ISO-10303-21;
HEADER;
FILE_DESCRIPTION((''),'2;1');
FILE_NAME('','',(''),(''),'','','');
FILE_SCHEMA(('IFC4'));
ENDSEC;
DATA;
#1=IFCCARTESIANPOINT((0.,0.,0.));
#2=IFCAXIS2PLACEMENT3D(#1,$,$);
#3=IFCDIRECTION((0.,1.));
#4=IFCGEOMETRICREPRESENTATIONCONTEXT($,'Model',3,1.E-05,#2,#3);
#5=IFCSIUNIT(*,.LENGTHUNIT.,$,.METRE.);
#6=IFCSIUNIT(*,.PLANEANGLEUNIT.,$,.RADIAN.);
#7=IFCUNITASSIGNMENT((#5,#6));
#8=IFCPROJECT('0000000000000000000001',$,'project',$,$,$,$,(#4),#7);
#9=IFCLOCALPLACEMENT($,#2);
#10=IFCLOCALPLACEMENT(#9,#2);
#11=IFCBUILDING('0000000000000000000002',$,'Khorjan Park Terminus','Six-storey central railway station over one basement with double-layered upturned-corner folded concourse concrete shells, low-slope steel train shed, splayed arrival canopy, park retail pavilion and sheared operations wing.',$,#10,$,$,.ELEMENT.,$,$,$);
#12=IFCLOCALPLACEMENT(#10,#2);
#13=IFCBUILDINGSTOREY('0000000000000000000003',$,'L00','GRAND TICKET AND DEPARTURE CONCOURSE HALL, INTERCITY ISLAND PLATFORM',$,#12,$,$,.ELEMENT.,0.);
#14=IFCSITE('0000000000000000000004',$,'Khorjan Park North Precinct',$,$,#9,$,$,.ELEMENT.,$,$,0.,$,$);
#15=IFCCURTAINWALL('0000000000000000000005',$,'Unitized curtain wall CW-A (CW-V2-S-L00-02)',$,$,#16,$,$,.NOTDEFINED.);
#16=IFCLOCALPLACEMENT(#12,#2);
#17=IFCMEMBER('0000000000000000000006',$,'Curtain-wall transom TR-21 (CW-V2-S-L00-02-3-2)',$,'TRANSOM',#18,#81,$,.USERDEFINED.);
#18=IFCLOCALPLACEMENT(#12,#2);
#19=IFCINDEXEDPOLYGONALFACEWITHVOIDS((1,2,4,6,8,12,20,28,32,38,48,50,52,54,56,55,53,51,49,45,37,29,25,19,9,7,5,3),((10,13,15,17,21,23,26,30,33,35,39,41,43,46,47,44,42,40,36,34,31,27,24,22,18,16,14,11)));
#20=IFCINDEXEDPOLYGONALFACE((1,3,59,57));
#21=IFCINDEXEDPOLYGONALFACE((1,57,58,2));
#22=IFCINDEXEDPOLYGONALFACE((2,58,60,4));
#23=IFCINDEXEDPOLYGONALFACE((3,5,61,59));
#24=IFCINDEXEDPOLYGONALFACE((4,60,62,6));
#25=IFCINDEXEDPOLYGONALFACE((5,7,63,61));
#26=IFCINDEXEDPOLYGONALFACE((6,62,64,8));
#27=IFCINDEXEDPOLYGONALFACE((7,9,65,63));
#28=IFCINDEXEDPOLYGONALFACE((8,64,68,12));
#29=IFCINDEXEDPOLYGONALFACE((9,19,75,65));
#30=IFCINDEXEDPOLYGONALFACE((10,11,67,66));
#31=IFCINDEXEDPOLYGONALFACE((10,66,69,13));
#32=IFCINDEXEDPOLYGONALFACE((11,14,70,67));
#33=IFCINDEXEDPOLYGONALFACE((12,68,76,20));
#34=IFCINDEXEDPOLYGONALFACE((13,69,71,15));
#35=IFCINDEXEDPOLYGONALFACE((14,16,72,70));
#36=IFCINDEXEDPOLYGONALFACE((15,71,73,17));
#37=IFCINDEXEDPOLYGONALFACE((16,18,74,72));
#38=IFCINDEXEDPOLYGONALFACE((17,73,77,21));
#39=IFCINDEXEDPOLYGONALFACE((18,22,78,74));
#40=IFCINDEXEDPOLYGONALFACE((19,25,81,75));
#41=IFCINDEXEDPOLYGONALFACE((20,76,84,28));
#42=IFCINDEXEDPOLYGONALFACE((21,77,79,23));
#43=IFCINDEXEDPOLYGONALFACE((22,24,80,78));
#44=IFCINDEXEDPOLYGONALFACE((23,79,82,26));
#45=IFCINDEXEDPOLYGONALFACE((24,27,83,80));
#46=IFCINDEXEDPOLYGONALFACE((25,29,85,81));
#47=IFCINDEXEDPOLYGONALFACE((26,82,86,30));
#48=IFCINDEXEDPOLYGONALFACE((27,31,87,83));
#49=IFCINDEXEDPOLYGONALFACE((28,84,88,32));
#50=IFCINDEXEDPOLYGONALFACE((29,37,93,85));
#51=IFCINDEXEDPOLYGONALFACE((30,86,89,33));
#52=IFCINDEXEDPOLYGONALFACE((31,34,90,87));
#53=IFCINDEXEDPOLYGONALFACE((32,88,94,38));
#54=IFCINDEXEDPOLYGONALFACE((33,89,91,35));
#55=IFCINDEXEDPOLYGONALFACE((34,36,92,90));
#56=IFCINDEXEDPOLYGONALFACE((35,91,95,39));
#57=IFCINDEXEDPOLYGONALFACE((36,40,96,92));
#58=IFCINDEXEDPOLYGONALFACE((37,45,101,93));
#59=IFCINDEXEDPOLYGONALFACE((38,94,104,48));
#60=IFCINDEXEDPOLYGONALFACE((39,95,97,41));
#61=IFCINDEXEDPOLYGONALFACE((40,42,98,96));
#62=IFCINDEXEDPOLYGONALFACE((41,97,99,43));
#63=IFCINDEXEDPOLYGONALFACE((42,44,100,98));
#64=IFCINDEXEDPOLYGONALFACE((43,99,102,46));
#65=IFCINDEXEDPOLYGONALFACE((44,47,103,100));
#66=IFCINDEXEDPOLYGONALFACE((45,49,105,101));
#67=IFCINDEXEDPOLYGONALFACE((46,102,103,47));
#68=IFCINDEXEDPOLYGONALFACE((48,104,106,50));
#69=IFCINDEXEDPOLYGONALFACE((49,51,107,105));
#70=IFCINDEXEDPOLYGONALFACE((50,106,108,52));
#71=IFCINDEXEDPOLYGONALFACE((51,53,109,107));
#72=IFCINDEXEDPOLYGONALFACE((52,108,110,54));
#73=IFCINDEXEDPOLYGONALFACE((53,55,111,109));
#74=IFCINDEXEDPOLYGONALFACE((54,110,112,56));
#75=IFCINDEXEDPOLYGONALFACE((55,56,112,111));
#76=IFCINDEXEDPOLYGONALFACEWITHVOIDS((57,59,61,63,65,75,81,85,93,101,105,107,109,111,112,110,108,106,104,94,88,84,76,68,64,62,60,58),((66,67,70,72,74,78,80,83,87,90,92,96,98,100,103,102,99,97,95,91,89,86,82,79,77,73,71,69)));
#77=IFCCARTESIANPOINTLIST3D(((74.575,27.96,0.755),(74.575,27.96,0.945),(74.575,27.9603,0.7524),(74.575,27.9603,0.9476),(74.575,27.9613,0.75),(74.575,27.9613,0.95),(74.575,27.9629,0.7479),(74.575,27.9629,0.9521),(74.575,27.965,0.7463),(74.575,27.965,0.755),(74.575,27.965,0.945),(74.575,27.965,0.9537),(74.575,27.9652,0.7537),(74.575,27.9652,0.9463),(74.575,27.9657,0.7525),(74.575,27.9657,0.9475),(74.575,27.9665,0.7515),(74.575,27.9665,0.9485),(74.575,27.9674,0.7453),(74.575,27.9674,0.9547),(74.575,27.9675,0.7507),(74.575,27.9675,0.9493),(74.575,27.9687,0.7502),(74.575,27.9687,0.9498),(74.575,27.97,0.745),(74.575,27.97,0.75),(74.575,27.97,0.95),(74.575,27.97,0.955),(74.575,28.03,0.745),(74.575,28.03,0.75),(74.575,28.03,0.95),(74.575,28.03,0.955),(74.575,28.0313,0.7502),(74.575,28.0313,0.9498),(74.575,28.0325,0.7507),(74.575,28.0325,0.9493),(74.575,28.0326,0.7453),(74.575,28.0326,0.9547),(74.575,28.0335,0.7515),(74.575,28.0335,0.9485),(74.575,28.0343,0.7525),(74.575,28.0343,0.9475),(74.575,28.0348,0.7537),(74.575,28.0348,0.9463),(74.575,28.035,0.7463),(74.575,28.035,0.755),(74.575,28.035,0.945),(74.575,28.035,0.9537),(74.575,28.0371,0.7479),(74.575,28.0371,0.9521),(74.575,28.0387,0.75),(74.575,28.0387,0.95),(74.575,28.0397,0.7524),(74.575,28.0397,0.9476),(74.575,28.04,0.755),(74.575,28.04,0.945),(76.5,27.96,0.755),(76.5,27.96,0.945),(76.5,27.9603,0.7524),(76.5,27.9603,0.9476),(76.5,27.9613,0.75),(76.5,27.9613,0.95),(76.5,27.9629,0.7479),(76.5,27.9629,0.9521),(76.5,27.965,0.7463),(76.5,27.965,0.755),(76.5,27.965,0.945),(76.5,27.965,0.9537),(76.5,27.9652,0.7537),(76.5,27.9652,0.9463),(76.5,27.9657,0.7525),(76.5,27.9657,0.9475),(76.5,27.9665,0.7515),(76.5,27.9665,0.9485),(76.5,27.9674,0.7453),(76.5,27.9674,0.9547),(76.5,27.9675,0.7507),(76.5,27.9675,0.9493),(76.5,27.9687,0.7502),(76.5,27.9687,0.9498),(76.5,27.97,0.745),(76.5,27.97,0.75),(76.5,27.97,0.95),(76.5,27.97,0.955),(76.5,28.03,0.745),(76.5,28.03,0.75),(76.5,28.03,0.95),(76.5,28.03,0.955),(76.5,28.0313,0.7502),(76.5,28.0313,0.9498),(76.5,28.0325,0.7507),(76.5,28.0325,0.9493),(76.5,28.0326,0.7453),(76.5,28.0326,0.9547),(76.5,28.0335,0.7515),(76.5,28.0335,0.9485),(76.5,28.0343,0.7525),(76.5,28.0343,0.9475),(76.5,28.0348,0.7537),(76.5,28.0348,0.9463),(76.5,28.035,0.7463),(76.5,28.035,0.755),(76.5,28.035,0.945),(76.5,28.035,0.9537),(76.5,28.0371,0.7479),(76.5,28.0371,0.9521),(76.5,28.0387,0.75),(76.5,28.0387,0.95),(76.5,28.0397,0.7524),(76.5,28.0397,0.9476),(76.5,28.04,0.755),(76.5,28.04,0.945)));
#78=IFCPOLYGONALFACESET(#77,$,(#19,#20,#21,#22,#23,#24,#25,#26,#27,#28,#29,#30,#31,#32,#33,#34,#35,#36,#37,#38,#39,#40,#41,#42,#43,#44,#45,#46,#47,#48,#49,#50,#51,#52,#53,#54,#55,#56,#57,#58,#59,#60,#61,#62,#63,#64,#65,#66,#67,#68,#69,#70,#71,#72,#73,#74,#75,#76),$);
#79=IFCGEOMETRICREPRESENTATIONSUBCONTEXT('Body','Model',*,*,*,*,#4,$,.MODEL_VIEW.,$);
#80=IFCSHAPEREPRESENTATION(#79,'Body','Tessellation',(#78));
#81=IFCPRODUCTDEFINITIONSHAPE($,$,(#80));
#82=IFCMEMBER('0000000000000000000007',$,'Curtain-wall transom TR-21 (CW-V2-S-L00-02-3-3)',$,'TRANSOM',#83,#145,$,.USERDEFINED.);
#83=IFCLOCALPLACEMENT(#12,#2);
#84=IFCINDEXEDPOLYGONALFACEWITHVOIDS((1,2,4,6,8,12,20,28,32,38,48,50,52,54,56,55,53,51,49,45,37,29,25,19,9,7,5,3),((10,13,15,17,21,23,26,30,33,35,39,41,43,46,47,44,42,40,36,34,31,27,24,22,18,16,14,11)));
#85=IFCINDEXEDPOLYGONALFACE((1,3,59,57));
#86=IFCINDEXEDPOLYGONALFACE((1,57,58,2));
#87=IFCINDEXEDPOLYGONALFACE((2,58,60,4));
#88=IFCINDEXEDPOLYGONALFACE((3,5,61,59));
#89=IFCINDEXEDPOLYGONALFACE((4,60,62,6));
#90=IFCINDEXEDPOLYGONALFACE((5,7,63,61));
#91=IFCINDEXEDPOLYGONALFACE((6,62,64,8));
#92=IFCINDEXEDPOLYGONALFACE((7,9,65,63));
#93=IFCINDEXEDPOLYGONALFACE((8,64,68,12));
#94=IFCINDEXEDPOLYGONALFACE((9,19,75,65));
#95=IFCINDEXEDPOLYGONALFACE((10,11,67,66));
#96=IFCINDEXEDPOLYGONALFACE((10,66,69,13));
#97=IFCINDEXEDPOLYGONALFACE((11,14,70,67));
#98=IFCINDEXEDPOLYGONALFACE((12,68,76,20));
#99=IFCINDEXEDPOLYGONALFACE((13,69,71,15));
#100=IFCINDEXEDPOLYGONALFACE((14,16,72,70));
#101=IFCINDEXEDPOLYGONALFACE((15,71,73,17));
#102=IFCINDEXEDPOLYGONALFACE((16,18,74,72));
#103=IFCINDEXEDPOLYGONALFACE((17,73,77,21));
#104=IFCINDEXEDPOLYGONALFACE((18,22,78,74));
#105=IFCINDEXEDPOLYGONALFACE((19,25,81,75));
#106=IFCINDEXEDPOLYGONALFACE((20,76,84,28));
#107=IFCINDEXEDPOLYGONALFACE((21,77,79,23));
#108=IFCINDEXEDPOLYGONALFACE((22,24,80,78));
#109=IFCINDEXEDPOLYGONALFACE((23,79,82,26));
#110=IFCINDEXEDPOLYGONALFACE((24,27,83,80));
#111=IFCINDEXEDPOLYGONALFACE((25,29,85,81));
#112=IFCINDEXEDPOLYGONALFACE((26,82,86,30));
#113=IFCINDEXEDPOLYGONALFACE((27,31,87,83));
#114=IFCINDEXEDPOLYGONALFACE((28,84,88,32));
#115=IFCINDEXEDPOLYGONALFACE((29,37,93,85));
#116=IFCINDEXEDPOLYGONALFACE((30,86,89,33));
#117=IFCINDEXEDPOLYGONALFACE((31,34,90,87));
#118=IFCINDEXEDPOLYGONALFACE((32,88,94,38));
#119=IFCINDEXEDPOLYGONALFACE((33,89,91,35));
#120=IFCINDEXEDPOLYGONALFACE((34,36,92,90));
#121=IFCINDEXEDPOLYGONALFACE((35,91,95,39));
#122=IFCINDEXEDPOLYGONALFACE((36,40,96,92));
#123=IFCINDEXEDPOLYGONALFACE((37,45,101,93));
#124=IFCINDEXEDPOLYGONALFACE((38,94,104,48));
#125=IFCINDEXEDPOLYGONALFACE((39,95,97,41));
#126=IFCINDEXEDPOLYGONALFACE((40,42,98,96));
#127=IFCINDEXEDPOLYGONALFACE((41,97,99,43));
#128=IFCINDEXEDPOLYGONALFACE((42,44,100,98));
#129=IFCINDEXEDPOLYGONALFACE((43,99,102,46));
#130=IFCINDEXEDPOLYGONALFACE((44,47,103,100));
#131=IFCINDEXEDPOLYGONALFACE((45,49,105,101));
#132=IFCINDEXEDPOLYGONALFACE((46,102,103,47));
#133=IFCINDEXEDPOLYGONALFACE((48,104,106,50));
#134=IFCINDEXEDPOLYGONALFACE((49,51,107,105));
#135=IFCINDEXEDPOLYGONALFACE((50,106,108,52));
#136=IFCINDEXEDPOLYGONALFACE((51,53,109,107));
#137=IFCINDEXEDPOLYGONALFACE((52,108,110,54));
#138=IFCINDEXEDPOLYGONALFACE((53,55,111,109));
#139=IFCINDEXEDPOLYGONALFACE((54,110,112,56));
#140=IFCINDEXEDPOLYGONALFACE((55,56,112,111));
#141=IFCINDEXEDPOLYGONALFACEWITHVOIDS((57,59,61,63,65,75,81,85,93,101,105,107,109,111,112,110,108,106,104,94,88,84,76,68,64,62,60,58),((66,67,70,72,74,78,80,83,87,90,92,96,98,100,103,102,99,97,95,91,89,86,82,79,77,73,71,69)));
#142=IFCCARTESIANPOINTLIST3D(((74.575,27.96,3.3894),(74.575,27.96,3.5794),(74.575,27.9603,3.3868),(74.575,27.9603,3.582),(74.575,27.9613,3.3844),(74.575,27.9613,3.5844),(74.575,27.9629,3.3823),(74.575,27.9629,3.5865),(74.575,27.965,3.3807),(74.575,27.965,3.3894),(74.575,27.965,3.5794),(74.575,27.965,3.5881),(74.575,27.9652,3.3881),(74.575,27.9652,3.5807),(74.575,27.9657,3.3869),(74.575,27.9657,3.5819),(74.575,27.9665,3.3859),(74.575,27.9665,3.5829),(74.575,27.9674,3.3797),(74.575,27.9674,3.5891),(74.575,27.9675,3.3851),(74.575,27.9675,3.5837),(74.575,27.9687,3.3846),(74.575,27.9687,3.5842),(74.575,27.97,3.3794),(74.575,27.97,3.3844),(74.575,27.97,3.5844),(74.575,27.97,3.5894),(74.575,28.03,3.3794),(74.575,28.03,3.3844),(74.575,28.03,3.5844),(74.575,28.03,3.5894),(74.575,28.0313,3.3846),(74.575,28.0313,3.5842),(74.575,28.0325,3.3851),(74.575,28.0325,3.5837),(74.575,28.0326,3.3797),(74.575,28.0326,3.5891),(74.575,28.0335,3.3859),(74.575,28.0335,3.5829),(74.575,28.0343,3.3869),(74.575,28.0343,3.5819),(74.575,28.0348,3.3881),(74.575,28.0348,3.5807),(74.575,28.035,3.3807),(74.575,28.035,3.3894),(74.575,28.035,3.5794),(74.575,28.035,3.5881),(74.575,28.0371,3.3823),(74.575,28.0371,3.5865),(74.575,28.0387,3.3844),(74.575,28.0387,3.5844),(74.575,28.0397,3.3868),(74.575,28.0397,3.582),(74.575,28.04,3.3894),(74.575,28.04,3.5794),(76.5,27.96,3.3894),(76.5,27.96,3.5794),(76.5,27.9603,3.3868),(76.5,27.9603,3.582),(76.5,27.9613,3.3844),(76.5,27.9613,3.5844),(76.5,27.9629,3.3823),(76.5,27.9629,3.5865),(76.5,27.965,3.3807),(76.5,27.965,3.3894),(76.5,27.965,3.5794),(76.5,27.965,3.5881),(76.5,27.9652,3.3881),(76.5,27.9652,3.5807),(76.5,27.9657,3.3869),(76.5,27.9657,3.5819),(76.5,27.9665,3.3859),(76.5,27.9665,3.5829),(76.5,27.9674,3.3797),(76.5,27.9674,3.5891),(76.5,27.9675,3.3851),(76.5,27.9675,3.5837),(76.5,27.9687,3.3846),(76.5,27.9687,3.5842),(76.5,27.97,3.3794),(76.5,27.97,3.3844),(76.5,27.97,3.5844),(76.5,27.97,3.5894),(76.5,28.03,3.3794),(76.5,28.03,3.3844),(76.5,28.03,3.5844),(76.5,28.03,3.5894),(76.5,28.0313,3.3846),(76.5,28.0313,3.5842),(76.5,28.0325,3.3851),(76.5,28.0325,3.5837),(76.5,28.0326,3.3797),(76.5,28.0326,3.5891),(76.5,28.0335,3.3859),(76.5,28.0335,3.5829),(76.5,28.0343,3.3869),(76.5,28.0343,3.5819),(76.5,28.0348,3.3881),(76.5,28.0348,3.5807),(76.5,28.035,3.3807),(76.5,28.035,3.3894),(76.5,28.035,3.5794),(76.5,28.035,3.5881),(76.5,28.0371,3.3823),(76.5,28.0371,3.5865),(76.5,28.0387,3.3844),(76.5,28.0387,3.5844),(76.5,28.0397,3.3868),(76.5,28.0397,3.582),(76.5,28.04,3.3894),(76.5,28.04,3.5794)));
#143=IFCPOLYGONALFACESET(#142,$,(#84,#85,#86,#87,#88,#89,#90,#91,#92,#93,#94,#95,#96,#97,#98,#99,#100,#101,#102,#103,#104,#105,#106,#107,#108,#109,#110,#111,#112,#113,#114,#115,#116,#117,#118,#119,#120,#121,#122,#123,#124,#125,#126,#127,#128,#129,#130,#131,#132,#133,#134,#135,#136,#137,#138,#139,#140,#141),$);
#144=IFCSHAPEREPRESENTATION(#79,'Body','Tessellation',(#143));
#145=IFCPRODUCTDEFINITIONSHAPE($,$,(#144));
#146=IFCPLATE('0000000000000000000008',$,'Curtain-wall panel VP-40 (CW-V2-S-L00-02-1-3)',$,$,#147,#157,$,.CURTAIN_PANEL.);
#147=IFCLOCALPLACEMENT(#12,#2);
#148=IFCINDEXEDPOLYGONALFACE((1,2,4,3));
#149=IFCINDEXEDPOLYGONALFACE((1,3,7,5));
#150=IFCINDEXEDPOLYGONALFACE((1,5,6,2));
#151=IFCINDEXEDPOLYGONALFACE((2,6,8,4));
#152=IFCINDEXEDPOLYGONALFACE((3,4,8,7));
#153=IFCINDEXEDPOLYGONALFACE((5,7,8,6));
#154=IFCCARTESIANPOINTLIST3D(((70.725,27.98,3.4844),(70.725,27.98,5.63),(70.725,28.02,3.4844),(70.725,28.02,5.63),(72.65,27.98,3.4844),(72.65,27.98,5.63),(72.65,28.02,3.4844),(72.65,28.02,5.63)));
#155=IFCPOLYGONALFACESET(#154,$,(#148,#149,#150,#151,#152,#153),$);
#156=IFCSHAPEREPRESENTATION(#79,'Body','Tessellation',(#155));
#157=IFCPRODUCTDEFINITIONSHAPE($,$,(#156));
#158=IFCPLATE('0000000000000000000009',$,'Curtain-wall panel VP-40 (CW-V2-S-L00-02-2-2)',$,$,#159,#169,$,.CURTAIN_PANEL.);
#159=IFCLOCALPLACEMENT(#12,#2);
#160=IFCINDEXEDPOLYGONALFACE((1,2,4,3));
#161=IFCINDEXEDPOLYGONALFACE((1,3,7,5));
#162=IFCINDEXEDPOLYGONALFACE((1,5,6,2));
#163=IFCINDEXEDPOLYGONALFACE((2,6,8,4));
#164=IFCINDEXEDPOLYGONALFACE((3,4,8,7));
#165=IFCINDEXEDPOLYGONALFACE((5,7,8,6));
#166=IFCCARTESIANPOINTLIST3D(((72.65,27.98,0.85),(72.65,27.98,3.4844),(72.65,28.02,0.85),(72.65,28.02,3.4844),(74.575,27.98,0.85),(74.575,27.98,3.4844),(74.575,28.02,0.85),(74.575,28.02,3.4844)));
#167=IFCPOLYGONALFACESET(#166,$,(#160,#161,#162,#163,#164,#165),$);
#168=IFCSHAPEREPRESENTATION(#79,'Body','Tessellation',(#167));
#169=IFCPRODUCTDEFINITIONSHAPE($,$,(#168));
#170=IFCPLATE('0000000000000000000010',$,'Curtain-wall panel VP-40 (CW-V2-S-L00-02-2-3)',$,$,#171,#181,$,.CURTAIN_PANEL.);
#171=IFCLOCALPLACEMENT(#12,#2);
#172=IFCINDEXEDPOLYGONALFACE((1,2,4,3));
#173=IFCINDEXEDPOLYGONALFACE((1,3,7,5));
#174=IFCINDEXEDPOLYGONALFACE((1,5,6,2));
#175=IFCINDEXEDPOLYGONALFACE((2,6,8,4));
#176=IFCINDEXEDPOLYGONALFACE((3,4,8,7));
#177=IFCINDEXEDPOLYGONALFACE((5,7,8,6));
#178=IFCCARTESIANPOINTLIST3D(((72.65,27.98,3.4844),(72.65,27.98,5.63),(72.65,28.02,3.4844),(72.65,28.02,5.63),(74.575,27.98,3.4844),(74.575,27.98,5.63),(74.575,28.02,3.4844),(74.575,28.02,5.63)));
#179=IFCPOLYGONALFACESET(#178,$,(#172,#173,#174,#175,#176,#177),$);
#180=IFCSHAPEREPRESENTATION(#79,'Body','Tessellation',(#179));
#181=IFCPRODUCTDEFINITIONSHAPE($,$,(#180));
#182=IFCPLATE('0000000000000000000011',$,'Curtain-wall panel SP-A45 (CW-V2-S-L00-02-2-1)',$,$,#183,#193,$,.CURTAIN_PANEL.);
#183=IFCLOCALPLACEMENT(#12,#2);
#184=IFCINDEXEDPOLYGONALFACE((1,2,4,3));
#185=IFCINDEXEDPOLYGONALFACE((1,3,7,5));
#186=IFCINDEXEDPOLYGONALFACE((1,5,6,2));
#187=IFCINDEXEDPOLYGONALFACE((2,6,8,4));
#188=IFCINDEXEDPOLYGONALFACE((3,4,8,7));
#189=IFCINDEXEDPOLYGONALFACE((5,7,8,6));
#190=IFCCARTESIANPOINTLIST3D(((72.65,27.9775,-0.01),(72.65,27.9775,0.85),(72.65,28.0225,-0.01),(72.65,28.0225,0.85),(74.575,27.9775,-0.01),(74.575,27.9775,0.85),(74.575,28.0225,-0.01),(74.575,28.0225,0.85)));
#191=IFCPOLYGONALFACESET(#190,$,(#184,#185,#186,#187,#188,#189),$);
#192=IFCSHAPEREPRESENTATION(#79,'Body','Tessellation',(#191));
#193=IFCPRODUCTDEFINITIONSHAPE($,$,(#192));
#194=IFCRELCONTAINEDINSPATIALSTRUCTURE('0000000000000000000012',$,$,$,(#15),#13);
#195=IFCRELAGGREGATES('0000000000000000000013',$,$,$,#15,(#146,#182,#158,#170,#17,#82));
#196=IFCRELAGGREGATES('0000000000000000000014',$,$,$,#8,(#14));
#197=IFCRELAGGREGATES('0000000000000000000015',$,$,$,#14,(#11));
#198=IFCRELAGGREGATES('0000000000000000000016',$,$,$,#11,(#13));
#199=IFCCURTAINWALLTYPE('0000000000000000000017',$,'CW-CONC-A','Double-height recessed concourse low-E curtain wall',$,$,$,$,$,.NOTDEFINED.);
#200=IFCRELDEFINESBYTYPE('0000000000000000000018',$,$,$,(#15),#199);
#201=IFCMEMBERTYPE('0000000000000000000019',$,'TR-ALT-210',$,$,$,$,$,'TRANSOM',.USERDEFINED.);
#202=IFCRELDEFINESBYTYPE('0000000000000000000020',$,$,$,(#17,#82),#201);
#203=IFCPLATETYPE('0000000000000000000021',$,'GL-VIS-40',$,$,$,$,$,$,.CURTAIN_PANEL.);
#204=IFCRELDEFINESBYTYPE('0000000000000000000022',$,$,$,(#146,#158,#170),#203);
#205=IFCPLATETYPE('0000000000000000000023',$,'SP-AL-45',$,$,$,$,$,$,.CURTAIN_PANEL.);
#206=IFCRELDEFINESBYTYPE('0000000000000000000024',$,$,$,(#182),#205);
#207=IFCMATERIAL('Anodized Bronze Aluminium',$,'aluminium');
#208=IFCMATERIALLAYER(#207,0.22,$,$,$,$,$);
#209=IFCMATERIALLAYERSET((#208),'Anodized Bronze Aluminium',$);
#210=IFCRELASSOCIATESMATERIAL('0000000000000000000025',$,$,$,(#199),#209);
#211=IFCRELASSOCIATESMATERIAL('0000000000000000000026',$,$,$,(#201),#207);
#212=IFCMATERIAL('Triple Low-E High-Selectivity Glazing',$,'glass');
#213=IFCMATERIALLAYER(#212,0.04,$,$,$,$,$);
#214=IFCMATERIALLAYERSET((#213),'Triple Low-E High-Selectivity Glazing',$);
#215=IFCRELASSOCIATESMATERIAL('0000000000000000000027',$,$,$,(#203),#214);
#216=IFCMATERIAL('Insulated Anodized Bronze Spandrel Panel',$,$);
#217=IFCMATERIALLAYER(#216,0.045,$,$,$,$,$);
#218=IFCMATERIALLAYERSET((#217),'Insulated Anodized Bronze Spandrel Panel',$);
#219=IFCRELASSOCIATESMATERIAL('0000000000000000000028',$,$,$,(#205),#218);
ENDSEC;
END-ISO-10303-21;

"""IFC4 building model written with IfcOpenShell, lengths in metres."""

from ifc_helpers import new_model, si_unit, direction, frame, origin, origin_2d, place, context, subcontext, project, spatial, rectangle, hollow_rectangle, extrude, material, layer, layer_set, material_profile, profile_set, type_object, element, aggregate, save


model = new_model("IFC4")

# Units and contexts
model_context = context("Model", 3, precision=1e-05, world=origin(), true_north=direction((0.0, 1.0)))
body_context = subcontext(model_context, "Body", "Model", "MODEL_VIEW")
ifc_project = project(units=[si_unit("LENGTHUNIT", "METRE"), si_unit("PLANEANGLEUNIT", "RADIAN")], contexts=[model_context])

# Site, building, storey
site_placement = place(None, origin())
site = spatial("IfcSite", under=ifc_project, at=site_placement, Name="Khorjan Park North Precinct", CompositionType="ELEMENT", RefElevation=0.0)
building_placement = place(site_placement, origin())
building = spatial("IfcBuilding", under=site, at=building_placement, Name="Khorjan Park Terminus", Description="Six-storey central railway station over one basement with double-layered upturned-corner folded concourse concrete shells, low-slope steel train shed, splayed arrival canopy, park retail pavilion and sheared operations wing.", CompositionType="ELEMENT")
storey_placement = place(building_placement, origin())
storey = spatial("IfcBuildingStorey", under=building, at=storey_placement, Name="L00", Description="GRAND TICKET AND DEPARTURE CONCOURSE HALL, INTERCITY ISLAND PLATFORM", CompositionType="ELEMENT", Elevation=0.0)

# Curtain wall, members, plates
ifc_material_1 = material(Name="Anodized Bronze Aluminium", Category="aluminium")
ifc_layer_1 = layer(ifc_material_1, 0.22)
ifc_layer_set_1 = layer_set([ifc_layer_1], Name="Anodized Bronze Aluminium")
curtain_wall_type = type_object("IfcCurtainWallType", Name="CW-CONC-A", Description="Double-height recessed concourse low-E curtain wall", PredefinedType="NOTDEFINED", material=ifc_layer_set_1)
curtain_wall_placement = place(storey_placement, origin())
curtain_wall = element("IfcCurtainWall", 1, at=curtain_wall_placement, inside=storey, type_object=curtain_wall_type, Name="Unitized curtain wall CW-A (CW-V2-S-L00-02)", PredefinedType="NOTDEFINED")
ifc_material_profile_1 = material_profile(ifc_material_1, hollow_rectangle(XDim=0.08, YDim=0.21, WallThickness=0.005, InnerFilletRadius=0.005, OuterFilletRadius=0.01, at=origin_2d()), Name="ALT 80x210x5")
ifc_profile_set_1 = profile_set([ifc_material_profile_1], Name="Anodized Bronze Aluminium")
member_type_1 = type_object("IfcMemberType", Name="TR-ALT-210", ElementType="TRANSOM", PredefinedType="USERDEFINED", material=ifc_profile_set_1)
member_1_placement = place(storey_placement, frame((74.575, 28.0, 0.85), z_axis=(1.0, 0.0, 0.0), x_axis=(0.0, 1.0, 0.0)))
member_1 = element("IfcMember", 2, at=member_1_placement, type_object=member_type_1, Name="Curtain-wall transom TR-21 (CW-V2-S-L00-02-3-2)", ObjectType="TRANSOM", PredefinedType="USERDEFINED", context=body_context, shape_type="SweptSolid", body=[
    extrude(hollow_rectangle(XDim=0.08, YDim=0.21, WallThickness=0.005, InnerFilletRadius=0.005, OuterFilletRadius=0.01, at=origin_2d()), origin(), (0.0, 0.0, 1.0), 1.925),
])
member_2_placement = place(storey_placement, frame((74.575, 28.0, 3.4844), z_axis=(1.0, 0.0, 0.0), x_axis=(0.0, 1.0, 0.0)))
member_2 = element("IfcMember", 3, at=member_2_placement, type_object=member_type_1, Name="Curtain-wall transom TR-21 (CW-V2-S-L00-02-3-3)", ObjectType="TRANSOM", PredefinedType="USERDEFINED", context=body_context, shape_type="SweptSolid", body=[
    extrude(hollow_rectangle(XDim=0.08, YDim=0.21, WallThickness=0.005, InnerFilletRadius=0.005, OuterFilletRadius=0.01, at=origin_2d()), origin(), (0.0, 0.0, 1.0), 1.925),
])
ifc_material_2 = material(Name="Triple Low-E High-Selectivity Glazing", Category="glass")
ifc_layer_2 = layer(ifc_material_2, 0.04)
ifc_layer_set_2 = layer_set([ifc_layer_2], Name="Triple Low-E High-Selectivity Glazing")
plate_type_1 = type_object("IfcPlateType", Name="GL-VIS-40", PredefinedType="CURTAIN_PANEL", material=ifc_layer_set_2)
plate_1_placement = place(storey_placement, frame((71.6875, 28.0, 3.4844), z_axis=(0.0, 0.0, 1.0), x_axis=(1.0, 0.0, 0.0)))
plate_1 = element("IfcPlate", 4, at=plate_1_placement, type_object=plate_type_1, Name="Curtain-wall panel VP-40 (CW-V2-S-L00-02-1-3)", PredefinedType="CURTAIN_PANEL", context=body_context, shape_type="SweptSolid", body=[
    extrude(rectangle(XDim=1.925, YDim=0.04, at=origin_2d()), origin(), (0.0, 0.0, 1.0), 2.1456),
])
plate_2_placement = place(storey_placement, frame((73.6125, 28.0, 0.85), z_axis=(0.0, 0.0, 1.0), x_axis=(1.0, 0.0, 0.0)))
plate_2 = element("IfcPlate", 5, at=plate_2_placement, type_object=plate_type_1, Name="Curtain-wall panel VP-40 (CW-V2-S-L00-02-2-2)", PredefinedType="CURTAIN_PANEL", context=body_context, shape_type="SweptSolid", body=[
    extrude(rectangle(XDim=1.925, YDim=0.04, at=origin_2d()), origin(), (0.0, 0.0, 1.0), 2.6344),
])
plate_3_placement = place(storey_placement, frame((73.6125, 28.0, 3.4844), z_axis=(0.0, 0.0, 1.0), x_axis=(1.0, 0.0, 0.0)))
plate_3 = element("IfcPlate", 6, at=plate_3_placement, type_object=plate_type_1, Name="Curtain-wall panel VP-40 (CW-V2-S-L00-02-2-3)", PredefinedType="CURTAIN_PANEL", context=body_context, shape_type="SweptSolid", body=[
    extrude(rectangle(XDim=1.925, YDim=0.04, at=origin_2d()), origin(), (0.0, 0.0, 1.0), 2.1456),
])
ifc_material_3 = material(Name="Insulated Anodized Bronze Spandrel Panel")
ifc_layer_3 = layer(ifc_material_3, 0.045)
ifc_layer_set_3 = layer_set([ifc_layer_3], Name="Insulated Anodized Bronze Spandrel Panel")
plate_type_2 = type_object("IfcPlateType", Name="SP-AL-45", PredefinedType="CURTAIN_PANEL", material=ifc_layer_set_3)
plate_4_placement = place(storey_placement, frame((73.6125, 28.0, -0.01), z_axis=(0.0, 0.0, 1.0), x_axis=(1.0, 0.0, 0.0)))
plate_4 = element("IfcPlate", 7, at=plate_4_placement, type_object=plate_type_2, Name="Curtain-wall panel SP-A45 (CW-V2-S-L00-02-2-1)", PredefinedType="CURTAIN_PANEL", context=body_context, shape_type="SweptSolid", body=[
    extrude(rectangle(XDim=1.925, YDim=0.045, at=origin_2d()), origin(), (0.0, 0.0, 1.0), 0.86),
])
aggregate(curtain_wall, [plate_1, plate_4, plate_2, plate_3, member_1, member_2])

save(model, "model.ifc")
